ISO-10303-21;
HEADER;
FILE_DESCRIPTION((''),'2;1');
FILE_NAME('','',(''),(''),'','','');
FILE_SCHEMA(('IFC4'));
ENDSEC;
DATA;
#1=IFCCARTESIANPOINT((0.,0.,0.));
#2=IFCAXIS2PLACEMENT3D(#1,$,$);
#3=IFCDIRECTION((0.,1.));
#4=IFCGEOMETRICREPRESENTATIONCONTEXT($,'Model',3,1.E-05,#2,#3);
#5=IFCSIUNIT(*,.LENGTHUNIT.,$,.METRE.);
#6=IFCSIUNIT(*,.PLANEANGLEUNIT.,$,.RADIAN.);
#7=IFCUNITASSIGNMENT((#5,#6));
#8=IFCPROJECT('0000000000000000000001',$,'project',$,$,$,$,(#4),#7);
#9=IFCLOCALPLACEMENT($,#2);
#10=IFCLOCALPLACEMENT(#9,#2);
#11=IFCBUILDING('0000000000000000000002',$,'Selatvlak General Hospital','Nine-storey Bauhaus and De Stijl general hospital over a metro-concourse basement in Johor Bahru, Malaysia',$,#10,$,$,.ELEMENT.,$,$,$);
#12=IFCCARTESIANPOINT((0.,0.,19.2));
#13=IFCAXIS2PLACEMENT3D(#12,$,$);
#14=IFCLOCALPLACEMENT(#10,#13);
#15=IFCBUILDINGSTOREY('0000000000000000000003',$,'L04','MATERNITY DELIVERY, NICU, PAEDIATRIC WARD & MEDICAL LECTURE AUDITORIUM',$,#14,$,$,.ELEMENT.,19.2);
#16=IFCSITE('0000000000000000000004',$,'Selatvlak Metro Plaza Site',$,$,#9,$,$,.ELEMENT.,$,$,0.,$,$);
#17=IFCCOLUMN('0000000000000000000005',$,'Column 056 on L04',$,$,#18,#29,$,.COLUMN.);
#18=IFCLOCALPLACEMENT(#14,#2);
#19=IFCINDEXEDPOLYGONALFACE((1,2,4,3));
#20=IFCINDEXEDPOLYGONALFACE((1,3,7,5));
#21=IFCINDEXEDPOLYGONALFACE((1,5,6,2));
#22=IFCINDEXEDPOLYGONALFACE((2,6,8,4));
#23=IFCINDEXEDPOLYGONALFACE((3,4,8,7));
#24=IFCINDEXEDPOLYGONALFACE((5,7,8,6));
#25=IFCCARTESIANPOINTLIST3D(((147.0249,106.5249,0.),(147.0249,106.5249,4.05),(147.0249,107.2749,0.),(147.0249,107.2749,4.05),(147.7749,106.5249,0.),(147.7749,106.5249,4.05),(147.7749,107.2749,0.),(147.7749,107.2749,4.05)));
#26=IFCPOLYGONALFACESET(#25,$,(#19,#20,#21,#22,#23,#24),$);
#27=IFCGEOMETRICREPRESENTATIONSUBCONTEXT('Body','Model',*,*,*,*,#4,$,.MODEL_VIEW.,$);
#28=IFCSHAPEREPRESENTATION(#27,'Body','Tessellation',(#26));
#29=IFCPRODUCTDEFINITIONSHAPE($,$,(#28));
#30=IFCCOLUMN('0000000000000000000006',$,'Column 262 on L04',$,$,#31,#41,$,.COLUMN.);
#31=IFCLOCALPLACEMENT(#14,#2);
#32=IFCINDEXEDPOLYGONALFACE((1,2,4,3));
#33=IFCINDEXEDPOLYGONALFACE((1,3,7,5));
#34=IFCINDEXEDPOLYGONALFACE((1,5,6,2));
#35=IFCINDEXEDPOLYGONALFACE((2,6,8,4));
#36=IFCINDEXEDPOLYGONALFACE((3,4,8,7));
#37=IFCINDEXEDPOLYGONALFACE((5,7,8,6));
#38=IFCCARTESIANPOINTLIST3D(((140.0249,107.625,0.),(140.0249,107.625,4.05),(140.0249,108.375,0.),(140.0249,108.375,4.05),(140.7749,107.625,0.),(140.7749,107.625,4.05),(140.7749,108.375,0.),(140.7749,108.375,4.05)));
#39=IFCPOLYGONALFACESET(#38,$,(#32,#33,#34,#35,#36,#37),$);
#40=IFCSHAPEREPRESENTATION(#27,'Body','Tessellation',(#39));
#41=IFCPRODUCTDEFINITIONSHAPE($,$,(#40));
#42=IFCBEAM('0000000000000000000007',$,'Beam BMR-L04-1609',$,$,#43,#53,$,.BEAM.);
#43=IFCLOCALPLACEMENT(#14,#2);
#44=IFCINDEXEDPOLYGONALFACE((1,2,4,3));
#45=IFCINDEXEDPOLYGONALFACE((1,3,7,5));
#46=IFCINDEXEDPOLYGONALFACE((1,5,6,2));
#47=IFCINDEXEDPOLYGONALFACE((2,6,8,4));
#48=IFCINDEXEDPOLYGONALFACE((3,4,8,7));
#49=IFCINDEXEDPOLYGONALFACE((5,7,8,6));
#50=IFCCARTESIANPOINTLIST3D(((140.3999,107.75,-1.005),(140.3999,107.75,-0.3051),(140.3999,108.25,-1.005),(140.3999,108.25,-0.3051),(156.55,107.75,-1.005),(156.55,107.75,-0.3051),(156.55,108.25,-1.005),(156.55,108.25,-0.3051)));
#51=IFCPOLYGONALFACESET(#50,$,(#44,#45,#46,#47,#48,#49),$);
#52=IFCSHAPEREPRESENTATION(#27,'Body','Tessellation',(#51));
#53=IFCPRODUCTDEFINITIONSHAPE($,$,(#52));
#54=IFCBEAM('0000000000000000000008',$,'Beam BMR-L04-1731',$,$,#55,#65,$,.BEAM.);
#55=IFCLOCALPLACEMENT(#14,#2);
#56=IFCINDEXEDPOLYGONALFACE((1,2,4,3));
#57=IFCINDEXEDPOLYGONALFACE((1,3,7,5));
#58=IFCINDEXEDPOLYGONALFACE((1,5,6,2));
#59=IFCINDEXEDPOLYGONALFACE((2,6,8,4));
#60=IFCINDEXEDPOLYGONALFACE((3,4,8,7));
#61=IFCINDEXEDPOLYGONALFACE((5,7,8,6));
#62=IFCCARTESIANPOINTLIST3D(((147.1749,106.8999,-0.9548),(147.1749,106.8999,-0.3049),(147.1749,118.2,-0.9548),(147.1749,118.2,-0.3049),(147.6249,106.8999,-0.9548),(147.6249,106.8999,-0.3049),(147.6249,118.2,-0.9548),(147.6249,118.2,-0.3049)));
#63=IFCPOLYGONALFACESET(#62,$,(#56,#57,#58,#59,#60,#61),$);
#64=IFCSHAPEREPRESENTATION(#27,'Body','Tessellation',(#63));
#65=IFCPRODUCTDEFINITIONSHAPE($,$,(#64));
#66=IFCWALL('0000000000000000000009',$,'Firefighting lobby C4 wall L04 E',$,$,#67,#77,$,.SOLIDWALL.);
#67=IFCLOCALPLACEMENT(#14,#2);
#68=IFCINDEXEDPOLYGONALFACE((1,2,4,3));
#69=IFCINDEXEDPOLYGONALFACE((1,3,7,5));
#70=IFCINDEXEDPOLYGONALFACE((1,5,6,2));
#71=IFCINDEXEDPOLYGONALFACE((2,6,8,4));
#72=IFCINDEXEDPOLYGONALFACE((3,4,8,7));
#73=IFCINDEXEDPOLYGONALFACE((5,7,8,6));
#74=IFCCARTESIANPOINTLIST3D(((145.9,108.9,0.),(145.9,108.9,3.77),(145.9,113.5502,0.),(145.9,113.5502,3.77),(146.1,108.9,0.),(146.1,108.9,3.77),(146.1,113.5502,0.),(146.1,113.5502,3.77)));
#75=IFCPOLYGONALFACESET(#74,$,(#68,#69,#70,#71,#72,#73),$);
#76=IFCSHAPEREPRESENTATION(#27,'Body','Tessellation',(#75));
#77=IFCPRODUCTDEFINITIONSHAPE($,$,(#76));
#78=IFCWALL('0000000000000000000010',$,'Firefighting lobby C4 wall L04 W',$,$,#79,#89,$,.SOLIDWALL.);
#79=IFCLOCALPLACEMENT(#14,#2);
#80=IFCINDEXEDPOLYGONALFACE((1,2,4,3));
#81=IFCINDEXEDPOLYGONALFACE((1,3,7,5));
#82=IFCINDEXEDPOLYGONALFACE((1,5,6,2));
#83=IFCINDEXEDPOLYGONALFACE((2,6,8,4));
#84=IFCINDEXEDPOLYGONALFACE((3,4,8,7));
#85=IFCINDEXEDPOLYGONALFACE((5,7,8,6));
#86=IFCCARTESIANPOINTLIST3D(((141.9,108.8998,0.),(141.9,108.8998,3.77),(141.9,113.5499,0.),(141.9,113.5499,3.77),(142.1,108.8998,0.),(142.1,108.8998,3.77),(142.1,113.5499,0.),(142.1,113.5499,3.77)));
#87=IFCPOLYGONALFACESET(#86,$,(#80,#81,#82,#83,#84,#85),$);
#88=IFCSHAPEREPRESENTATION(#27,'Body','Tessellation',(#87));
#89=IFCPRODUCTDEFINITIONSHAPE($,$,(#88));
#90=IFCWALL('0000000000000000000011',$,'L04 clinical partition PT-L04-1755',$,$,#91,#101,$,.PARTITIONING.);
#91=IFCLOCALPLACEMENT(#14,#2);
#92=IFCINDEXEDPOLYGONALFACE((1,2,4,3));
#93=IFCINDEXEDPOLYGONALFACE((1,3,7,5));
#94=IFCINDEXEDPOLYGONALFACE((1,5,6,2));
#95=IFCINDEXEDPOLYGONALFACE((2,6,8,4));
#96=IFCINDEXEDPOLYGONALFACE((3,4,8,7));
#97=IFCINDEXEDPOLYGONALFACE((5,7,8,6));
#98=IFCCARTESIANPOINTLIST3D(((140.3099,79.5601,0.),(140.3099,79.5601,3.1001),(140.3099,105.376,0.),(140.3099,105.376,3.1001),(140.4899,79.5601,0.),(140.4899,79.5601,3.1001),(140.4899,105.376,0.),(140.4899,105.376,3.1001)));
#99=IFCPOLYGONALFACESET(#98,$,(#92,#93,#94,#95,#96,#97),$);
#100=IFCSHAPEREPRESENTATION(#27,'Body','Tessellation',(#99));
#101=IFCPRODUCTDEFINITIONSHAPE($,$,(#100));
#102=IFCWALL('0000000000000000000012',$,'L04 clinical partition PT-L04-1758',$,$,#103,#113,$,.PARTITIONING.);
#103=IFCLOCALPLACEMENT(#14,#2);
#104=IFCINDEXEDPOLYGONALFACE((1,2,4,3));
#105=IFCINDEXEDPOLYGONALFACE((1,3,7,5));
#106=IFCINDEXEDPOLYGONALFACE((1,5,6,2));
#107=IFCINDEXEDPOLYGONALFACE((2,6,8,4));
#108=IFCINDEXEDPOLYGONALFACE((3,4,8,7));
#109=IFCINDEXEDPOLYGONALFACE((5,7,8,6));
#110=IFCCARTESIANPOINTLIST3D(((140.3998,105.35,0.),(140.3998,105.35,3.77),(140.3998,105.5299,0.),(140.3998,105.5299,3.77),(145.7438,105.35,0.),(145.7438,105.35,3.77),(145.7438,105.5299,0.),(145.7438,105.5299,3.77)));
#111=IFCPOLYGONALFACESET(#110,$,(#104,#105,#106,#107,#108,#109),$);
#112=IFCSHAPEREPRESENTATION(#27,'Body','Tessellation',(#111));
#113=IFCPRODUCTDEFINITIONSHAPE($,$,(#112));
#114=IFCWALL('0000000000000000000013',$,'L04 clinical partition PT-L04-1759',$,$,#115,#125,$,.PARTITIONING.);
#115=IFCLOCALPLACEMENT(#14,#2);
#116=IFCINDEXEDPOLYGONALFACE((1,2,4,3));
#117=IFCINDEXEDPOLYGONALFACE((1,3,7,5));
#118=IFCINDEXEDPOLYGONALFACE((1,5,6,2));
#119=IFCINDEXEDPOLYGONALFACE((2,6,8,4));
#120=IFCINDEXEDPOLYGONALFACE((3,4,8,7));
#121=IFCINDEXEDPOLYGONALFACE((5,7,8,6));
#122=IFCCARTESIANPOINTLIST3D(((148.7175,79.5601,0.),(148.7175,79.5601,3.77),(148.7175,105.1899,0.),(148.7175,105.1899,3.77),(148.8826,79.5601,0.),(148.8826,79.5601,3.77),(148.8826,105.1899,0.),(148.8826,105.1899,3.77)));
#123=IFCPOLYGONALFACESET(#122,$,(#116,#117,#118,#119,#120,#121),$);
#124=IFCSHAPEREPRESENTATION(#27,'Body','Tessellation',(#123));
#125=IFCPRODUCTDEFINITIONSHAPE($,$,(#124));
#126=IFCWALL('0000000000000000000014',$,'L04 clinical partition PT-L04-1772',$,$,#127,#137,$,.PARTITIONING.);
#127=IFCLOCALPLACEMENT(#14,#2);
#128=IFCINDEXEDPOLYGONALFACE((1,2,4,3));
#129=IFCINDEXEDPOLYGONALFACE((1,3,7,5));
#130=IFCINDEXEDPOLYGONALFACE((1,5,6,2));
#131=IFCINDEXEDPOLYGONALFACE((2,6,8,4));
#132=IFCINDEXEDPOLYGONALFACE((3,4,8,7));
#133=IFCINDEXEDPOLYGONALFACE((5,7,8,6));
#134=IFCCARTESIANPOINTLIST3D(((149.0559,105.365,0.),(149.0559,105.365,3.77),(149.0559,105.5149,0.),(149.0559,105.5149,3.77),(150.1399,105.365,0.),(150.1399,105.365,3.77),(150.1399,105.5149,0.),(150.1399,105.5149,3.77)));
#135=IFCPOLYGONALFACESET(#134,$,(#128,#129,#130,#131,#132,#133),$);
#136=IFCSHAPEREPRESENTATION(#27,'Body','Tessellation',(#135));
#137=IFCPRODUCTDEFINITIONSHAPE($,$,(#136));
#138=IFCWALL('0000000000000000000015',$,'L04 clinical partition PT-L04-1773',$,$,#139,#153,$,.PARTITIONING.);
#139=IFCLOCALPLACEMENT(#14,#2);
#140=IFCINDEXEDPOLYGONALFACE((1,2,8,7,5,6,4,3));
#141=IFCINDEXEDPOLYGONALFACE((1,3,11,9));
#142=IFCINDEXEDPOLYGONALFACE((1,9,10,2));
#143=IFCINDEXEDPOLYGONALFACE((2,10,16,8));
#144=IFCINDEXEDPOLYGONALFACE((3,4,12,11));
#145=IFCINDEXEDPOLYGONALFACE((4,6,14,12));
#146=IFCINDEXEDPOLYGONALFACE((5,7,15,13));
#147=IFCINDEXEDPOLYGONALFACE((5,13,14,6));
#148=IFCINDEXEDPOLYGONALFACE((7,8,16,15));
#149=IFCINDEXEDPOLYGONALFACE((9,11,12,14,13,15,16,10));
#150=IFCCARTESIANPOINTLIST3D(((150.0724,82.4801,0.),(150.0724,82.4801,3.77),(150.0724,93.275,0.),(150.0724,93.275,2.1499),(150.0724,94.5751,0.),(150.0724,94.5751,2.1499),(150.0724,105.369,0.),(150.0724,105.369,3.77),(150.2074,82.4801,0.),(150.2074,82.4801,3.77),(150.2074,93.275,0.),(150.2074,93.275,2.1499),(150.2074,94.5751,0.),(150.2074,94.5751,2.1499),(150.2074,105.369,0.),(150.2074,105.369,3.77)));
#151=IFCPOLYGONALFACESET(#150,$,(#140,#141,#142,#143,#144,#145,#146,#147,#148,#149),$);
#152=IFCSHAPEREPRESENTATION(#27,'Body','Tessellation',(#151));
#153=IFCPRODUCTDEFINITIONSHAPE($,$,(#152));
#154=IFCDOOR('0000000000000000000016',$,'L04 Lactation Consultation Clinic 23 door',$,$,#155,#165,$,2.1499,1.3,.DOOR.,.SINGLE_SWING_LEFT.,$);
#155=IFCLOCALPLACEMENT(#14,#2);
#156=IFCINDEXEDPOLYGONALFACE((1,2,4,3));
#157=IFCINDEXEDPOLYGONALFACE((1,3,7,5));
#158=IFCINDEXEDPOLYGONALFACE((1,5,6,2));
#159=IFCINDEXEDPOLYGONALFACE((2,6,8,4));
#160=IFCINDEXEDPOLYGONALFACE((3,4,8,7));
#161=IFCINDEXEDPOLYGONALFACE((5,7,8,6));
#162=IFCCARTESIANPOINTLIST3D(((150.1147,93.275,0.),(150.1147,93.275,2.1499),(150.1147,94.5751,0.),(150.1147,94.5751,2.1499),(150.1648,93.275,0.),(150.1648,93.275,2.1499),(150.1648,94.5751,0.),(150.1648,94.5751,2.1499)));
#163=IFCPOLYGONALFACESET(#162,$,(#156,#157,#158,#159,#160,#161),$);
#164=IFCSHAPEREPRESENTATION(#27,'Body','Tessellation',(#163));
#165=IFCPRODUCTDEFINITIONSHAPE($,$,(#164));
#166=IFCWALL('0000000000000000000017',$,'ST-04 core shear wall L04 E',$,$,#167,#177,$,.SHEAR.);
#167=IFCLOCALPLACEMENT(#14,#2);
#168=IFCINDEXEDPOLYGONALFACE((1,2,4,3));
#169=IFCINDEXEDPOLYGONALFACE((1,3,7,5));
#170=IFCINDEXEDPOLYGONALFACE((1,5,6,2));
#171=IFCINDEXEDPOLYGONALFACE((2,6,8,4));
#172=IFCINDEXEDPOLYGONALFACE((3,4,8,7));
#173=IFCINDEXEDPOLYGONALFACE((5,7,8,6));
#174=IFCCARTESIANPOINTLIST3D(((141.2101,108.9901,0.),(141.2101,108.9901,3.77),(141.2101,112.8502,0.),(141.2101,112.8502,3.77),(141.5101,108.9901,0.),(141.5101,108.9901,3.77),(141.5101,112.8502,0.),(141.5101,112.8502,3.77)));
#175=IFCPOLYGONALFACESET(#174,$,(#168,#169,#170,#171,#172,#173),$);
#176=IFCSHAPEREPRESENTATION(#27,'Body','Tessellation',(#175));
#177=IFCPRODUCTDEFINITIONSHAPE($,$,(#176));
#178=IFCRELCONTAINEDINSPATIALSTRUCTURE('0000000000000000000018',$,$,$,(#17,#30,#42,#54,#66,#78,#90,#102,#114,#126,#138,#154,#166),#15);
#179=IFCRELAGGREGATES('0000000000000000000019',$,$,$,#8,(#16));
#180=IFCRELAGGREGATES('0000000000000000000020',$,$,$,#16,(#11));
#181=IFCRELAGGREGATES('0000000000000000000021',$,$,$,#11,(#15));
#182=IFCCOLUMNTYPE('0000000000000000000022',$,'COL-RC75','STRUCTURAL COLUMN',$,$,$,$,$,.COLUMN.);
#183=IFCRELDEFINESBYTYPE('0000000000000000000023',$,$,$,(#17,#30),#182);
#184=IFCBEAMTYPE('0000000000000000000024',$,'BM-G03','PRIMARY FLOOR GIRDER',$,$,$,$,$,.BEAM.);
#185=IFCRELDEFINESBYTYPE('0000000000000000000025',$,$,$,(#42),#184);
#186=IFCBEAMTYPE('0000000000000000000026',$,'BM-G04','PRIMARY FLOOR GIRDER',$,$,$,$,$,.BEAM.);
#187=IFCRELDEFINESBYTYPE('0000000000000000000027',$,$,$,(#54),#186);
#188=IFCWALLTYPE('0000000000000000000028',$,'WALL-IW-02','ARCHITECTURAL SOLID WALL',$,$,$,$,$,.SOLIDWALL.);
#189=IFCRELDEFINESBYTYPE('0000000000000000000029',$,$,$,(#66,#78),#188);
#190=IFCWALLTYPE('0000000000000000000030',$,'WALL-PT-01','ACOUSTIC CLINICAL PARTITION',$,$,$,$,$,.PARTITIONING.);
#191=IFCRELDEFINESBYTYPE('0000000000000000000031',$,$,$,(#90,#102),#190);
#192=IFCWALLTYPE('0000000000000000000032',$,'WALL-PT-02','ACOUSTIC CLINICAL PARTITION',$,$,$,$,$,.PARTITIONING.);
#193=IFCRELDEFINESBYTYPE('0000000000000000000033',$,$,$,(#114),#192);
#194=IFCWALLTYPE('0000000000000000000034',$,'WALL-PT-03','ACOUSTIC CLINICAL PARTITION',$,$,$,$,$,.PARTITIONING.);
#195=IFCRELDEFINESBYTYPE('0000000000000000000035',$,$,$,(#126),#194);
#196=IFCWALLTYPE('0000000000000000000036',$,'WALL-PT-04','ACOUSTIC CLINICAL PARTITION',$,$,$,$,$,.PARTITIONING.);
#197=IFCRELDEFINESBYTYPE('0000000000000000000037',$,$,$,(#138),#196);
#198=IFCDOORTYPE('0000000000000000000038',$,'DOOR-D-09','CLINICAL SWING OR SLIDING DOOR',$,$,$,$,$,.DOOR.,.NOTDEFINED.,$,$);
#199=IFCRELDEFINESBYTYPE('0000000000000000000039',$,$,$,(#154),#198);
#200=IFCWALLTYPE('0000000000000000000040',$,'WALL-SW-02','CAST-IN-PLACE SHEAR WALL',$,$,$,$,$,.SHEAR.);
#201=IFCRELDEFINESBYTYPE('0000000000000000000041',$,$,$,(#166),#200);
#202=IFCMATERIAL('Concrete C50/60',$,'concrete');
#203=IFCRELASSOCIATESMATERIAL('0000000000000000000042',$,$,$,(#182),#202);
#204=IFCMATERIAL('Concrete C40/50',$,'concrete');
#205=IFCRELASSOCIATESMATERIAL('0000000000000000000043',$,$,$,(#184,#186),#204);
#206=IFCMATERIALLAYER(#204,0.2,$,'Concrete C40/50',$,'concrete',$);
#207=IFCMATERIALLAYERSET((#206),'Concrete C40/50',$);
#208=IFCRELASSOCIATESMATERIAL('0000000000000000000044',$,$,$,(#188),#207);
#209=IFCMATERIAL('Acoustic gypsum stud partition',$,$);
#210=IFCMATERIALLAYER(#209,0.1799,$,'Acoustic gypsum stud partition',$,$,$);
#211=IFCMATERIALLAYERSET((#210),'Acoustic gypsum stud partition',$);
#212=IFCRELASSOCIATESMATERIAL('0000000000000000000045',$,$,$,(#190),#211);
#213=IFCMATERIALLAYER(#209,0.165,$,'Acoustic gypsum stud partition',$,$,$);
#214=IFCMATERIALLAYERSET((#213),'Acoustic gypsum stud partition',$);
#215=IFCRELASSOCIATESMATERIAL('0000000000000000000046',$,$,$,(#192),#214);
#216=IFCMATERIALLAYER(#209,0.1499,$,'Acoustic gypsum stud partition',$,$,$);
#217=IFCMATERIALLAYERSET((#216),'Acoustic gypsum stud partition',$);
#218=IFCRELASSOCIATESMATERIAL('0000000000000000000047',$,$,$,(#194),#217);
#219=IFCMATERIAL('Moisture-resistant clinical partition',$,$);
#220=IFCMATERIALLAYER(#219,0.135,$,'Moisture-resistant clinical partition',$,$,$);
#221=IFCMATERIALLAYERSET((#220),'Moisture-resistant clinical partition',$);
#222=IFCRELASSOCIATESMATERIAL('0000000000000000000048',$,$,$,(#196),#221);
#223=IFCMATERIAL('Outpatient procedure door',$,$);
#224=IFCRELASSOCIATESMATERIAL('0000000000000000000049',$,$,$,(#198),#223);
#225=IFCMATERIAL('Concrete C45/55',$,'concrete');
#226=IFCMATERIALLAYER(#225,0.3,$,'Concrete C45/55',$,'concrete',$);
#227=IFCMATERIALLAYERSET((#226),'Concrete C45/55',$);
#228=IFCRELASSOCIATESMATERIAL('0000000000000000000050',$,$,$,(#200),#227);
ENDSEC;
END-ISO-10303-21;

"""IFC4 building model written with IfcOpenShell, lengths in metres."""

from ifc_helpers import new_model, si_unit, direction, frame, frame_2d, origin, origin_2d, place, context, subcontext, project, spatial, rectangle, extrude, material, layer, layer_set, material_profile, profile_set, type_object, element, fill, save


model = new_model("IFC4")

# Units and contexts
model_context = context("Model", 3, precision=1e-05, world=origin(), true_north=direction((0.0, 1.0)))
body_context = subcontext(model_context, "Body", "Model", "MODEL_VIEW")
ifc_project = project(units=[si_unit("LENGTHUNIT", "METRE"), si_unit("PLANEANGLEUNIT", "RADIAN")], contexts=[model_context])

# Site, building, storey
site_placement = place(None, origin())
site = spatial("IfcSite", under=ifc_project, at=site_placement, Name="Selatvlak Metro Plaza Site", CompositionType="ELEMENT", RefElevation=0.0)
building_placement = place(site_placement, origin())
building = spatial("IfcBuilding", under=site, at=building_placement, Name="Selatvlak General Hospital", Description="Nine-storey Bauhaus and De Stijl general hospital over a metro-concourse basement in Johor Bahru, Malaysia", CompositionType="ELEMENT")
storey_placement = place(building_placement, frame((0.0, 0.0, 19.2)))
storey = spatial("IfcBuildingStorey", under=building, at=storey_placement, Name="L04", Description="MATERNITY DELIVERY, NICU, PAEDIATRIC WARD & MEDICAL LECTURE AUDITORIUM", CompositionType="ELEMENT", Elevation=19.2)

# Columns
ifc_material_1 = material(Name="Concrete C50/60", Category="concrete")
ifc_material_profile_1 = material_profile(ifc_material_1, rectangle(XDim=0.75, YDim=0.75, at=origin_2d()), Name="RC-COL 750x750")
ifc_profile_set_1 = profile_set([ifc_material_profile_1], Name="Concrete C50/60")
column_type = type_object("IfcColumnType", Name="COL-RC75", Description="STRUCTURAL COLUMN", PredefinedType="COLUMN", material=ifc_profile_set_1)
for number, where, z_axis, x_axis, name in (
    (1, (147.3999, 106.8999, 0.0), (0.0, 0.0, 1.0), (1.0, 0.0, 0.0), "Column 056 on L04"),
    (2, (140.3999, 108.0, 0.0), (0.0, 0.0, 1.0), (1.0, 0.0, 0.0), "Column 262 on L04"),
):
    element("IfcColumn", number, at=place(storey_placement, frame(where, z_axis=z_axis, x_axis=x_axis)), inside=storey, type_object=column_type, Name=name, PredefinedType="COLUMN", context=body_context, shape_type="SweptSolid", body=[
        extrude(rectangle(XDim=0.75, YDim=0.75, at=origin_2d()), origin(), (0.0, 0.0, 1.0), 4.05),
    ])

# Beams
ifc_material_2 = material(Name="Concrete C40/50", Category="concrete")
ifc_material_profile_2 = material_profile(ifc_material_2, rectangle(XDim=0.5, YDim=0.7, at=origin_2d()), Name="RC-BM 500x700")
ifc_profile_set_2 = profile_set([ifc_material_profile_2], Name="Concrete C40/50")
beam_type_1 = type_object("IfcBeamType", Name="BM-G03", Description="PRIMARY FLOOR GIRDER", PredefinedType="BEAM", material=ifc_profile_set_2)
beam_1_placement = place(storey_placement, frame((140.3999, 108.0, -0.655), z_axis=(1.0, 0.0, 0.0), x_axis=(0.0, 1.0, 0.0)))
element("IfcBeam", 3, at=beam_1_placement, inside=storey, type_object=beam_type_1, Name="Beam BMR-L04-1609", PredefinedType="BEAM", context=body_context, shape_type="SweptSolid", body=[
    extrude(rectangle(XDim=0.5, YDim=0.7, at=origin_2d()), origin(), (0.0, 0.0, 1.0), 16.1501),
])
ifc_material_profile_3 = material_profile(ifc_material_2, rectangle(XDim=0.45, YDim=0.6499, at=origin_2d()), Name="RC-BM 450x650")
ifc_profile_set_3 = profile_set([ifc_material_profile_3], Name="Concrete C40/50")
beam_type_2 = type_object("IfcBeamType", Name="BM-G04", Description="PRIMARY FLOOR GIRDER", PredefinedType="BEAM", material=ifc_profile_set_3)
beam_2_placement = place(storey_placement, frame((147.3999, 106.8999, -0.6299), z_axis=(0.0, 1.0, 0.0), x_axis=(-1.0, 0.0, 0.0)))
element("IfcBeam", 4, at=beam_2_placement, inside=storey, type_object=beam_type_2, Name="Beam BMR-L04-1731", PredefinedType="BEAM", context=body_context, shape_type="SweptSolid", body=[
    extrude(rectangle(XDim=0.45, YDim=0.6499, at=origin_2d()), origin(), (0.0, 0.0, 1.0), 11.3),
])

# Shared definitions
ifc_layer_1 = layer(ifc_material_2, 0.2, Name="Concrete C40/50", Category="concrete")
ifc_layer_set_1 = layer_set([ifc_layer_1], Name="Concrete C40/50")
wall_type_1 = type_object("IfcWallType", Name="WALL-IW-02", Description="ARCHITECTURAL SOLID WALL", PredefinedType="SOLIDWALL", material=ifc_layer_set_1)

# Walls
for number, where, z_axis, x_axis, name in (
    (5, (146.0, 108.8999, 0.0), (0.0, 0.0, 1.0), (0.0, 1.0, 0.0), "Firefighting lobby C4 wall L04 E"),
    (6, (142.0, 113.55, 0.0), (0.0, 0.0, 1.0), (0.0, -1.0, 0.0), "Firefighting lobby C4 wall L04 W"),
):
    element("IfcWall", number, at=place(storey_placement, frame(where, z_axis=z_axis, x_axis=x_axis)), inside=storey, type_object=wall_type_1, Name=name, PredefinedType="SOLIDWALL", context=body_context, shape_type="SweptSolid", body=[
        extrude(rectangle(XDim=4.6501, YDim=0.2, at=frame_2d((2.3252, 0.0))), origin(), (0.0, 0.0, 1.0), 3.77),
    ])
ifc_material_3 = material(Name="Acoustic gypsum stud partition")
ifc_layer_2 = layer(ifc_material_3, 0.1799, Name="Acoustic gypsum stud partition")
ifc_layer_set_2 = layer_set([ifc_layer_2], Name="Acoustic gypsum stud partition")
wall_type_2 = type_object("IfcWallType", Name="WALL-PT-01", Description="ACOUSTIC CLINICAL PARTITION", PredefinedType="PARTITIONING", material=ifc_layer_set_2)
wall_1_placement = place(storey_placement, frame((140.3999, 105.376, 0.0), z_axis=(0.0, 0.0, 1.0), x_axis=(0.0, -1.0, 0.0)))
element("IfcWall", 7, at=wall_1_placement, inside=storey, type_object=wall_type_2, Name="L04 clinical partition PT-L04-1755", PredefinedType="PARTITIONING", context=body_context, shape_type="SweptSolid", body=[
    extrude(rectangle(XDim=25.8159, YDim=0.1799, at=frame_2d((12.908, 0.0))), origin(), (0.0, 0.0, 1.0), 3.1001),
])
wall_2_placement = place(storey_placement, frame((140.3999, 105.4399, 0.0), z_axis=(0.0, 0.0, 1.0), x_axis=(1.0, 0.0, 0.0)))
element("IfcWall", 8, at=wall_2_placement, inside=storey, type_object=wall_type_2, Name="L04 clinical partition PT-L04-1758", PredefinedType="PARTITIONING", context=body_context, shape_type="SweptSolid", body=[
    extrude(rectangle(XDim=5.344, YDim=0.1799, at=frame_2d((2.6719, 0.0))), origin(), (0.0, 0.0, 1.0), 3.77),
])
ifc_layer_3 = layer(ifc_material_3, 0.165, Name="Acoustic gypsum stud partition")
ifc_layer_set_3 = layer_set([ifc_layer_3], Name="Acoustic gypsum stud partition")
wall_type_3 = type_object("IfcWallType", Name="WALL-PT-02", Description="ACOUSTIC CLINICAL PARTITION", PredefinedType="PARTITIONING", material=ifc_layer_set_3)
wall_3_placement = place(storey_placement, frame((148.8, 105.1899, 0.0), z_axis=(0.0, 0.0, 1.0), x_axis=(0.0, -1.0, 0.0)))
element("IfcWall", 9, at=wall_3_placement, inside=storey, type_object=wall_type_3, Name="L04 clinical partition PT-L04-1759", PredefinedType="PARTITIONING", context=body_context, shape_type="SweptSolid", body=[
    extrude(rectangle(XDim=25.6299, YDim=0.165, at=frame_2d((12.8149, 0.0))), origin(), (0.0, 0.0, 1.0), 3.77),
])
ifc_layer_4 = layer(ifc_material_3, 0.1499, Name="Acoustic gypsum stud partition")
ifc_layer_set_4 = layer_set([ifc_layer_4], Name="Acoustic gypsum stud partition")
wall_type_4 = type_object("IfcWallType", Name="WALL-PT-03", Description="ACOUSTIC CLINICAL PARTITION", PredefinedType="PARTITIONING", material=ifc_layer_set_4)
wall_4_placement = place(storey_placement, frame((149.0559, 105.4399, 0.0), z_axis=(0.0, 0.0, 1.0), x_axis=(1.0, 0.0, 0.0)))
element("IfcWall", 10, at=wall_4_placement, inside=storey, type_object=wall_type_4, Name="L04 clinical partition PT-L04-1772", PredefinedType="PARTITIONING", context=body_context, shape_type="SweptSolid", body=[
    extrude(rectangle(XDim=1.084, YDim=0.1499, at=frame_2d((0.542, 0.0))), origin(), (0.0, 0.0, 1.0), 3.77),
])

# Wall, opening, door
ifc_material_4 = material(Name="Moisture-resistant clinical partition")
ifc_layer_5 = layer(ifc_material_4, 0.135, Name="Moisture-resistant clinical partition")
ifc_layer_set_5 = layer_set([ifc_layer_5], Name="Moisture-resistant clinical partition")
wall_type_5 = type_object("IfcWallType", Name="WALL-PT-04", Description="ACOUSTIC CLINICAL PARTITION", PredefinedType="PARTITIONING", material=ifc_layer_set_5)
wall_5_placement = place(storey_placement, frame((150.1399, 105.3689, 0.0), z_axis=(0.0, 0.0, 1.0), x_axis=(0.0, -1.0, 0.0)))
wall_5 = element("IfcWall", 11, at=wall_5_placement, inside=storey, type_object=wall_type_5, Name="L04 clinical partition PT-L04-1773", PredefinedType="PARTITIONING", context=body_context, shape_type="SweptSolid", body=[
    extrude(rectangle(XDim=22.8889, YDim=0.135, at=frame_2d((11.4443, 0.0))), origin(), (0.0, 0.0, 1.0), 3.77),
])
opening_1_placement = place(wall_5_placement, frame((10.7939, 0.0, 0.0)))
opening_1 = element("IfcOpeningElement", 12, at=opening_1_placement, cuts=wall_5, PredefinedType="OPENING", context=body_context, shape_type="SweptSolid", body=[
    extrude(rectangle(XDim=1.3, YDim=2.1499, at=frame_2d((0.6499, 1.075))), frame((0.0, 0.0774, 0.0), z_axis=(0.0, -1.0, 0.0), x_axis=(1.0, 0.0, 0.0)), (0.0, 0.0, 1.0), 0.155),
])
ifc_material_5 = material(Name="Outpatient procedure door")
door_type_1 = type_object("IfcDoorType", Name="DOOR-D-09", Description="CLINICAL SWING OR SLIDING DOOR", OperationType="NOTDEFINED", PredefinedType="DOOR", material=ifc_material_5)
door_1_placement = place(opening_1_placement, origin())
door_1 = element("IfcDoor", 13, at=door_1_placement, inside=storey, type_object=door_type_1, Name="L04 Lactation Consultation Clinic 23 door", OperationType="SINGLE_SWING_LEFT", OverallHeight=2.1499, OverallWidth=1.3, PredefinedType="DOOR", context=body_context, shape_type="SweptSolid", body=[
    extrude(rectangle(XDim=1.3, YDim=2.1499, at=frame_2d((0.6499, 1.075))), frame((0.0, 0.0249, 0.0), z_axis=(0.0, -1.0, 0.0), x_axis=(1.0, 0.0, 0.0)), (0.0, 0.0, 1.0), 0.05),
])
fill(opening_1, door_1)

# Wall
ifc_material_6 = material(Name="Concrete C45/55", Category="concrete")
ifc_layer_6 = layer(ifc_material_6, 0.3, Name="Concrete C45/55", Category="concrete")
ifc_layer_set_6 = layer_set([ifc_layer_6], Name="Concrete C45/55")
wall_type_6 = type_object("IfcWallType", Name="WALL-SW-02", Description="CAST-IN-PLACE SHEAR WALL", PredefinedType="SHEAR", material=ifc_layer_set_6)
wall_6_placement = place(storey_placement, frame((141.3601, 108.99, 0.0), z_axis=(0.0, 0.0, 1.0), x_axis=(0.0, 1.0, 0.0)))
element("IfcWall", 14, at=wall_6_placement, inside=storey, type_object=wall_type_6, Name="ST-04 core shear wall L04 E", PredefinedType="SHEAR", context=body_context, shape_type="SweptSolid", body=[
    extrude(rectangle(XDim=3.8601, YDim=0.3, at=frame_2d((1.9302, 0.0))), origin(), (0.0, 0.0, 1.0), 3.77),
])

save(model, "model.ifc")
